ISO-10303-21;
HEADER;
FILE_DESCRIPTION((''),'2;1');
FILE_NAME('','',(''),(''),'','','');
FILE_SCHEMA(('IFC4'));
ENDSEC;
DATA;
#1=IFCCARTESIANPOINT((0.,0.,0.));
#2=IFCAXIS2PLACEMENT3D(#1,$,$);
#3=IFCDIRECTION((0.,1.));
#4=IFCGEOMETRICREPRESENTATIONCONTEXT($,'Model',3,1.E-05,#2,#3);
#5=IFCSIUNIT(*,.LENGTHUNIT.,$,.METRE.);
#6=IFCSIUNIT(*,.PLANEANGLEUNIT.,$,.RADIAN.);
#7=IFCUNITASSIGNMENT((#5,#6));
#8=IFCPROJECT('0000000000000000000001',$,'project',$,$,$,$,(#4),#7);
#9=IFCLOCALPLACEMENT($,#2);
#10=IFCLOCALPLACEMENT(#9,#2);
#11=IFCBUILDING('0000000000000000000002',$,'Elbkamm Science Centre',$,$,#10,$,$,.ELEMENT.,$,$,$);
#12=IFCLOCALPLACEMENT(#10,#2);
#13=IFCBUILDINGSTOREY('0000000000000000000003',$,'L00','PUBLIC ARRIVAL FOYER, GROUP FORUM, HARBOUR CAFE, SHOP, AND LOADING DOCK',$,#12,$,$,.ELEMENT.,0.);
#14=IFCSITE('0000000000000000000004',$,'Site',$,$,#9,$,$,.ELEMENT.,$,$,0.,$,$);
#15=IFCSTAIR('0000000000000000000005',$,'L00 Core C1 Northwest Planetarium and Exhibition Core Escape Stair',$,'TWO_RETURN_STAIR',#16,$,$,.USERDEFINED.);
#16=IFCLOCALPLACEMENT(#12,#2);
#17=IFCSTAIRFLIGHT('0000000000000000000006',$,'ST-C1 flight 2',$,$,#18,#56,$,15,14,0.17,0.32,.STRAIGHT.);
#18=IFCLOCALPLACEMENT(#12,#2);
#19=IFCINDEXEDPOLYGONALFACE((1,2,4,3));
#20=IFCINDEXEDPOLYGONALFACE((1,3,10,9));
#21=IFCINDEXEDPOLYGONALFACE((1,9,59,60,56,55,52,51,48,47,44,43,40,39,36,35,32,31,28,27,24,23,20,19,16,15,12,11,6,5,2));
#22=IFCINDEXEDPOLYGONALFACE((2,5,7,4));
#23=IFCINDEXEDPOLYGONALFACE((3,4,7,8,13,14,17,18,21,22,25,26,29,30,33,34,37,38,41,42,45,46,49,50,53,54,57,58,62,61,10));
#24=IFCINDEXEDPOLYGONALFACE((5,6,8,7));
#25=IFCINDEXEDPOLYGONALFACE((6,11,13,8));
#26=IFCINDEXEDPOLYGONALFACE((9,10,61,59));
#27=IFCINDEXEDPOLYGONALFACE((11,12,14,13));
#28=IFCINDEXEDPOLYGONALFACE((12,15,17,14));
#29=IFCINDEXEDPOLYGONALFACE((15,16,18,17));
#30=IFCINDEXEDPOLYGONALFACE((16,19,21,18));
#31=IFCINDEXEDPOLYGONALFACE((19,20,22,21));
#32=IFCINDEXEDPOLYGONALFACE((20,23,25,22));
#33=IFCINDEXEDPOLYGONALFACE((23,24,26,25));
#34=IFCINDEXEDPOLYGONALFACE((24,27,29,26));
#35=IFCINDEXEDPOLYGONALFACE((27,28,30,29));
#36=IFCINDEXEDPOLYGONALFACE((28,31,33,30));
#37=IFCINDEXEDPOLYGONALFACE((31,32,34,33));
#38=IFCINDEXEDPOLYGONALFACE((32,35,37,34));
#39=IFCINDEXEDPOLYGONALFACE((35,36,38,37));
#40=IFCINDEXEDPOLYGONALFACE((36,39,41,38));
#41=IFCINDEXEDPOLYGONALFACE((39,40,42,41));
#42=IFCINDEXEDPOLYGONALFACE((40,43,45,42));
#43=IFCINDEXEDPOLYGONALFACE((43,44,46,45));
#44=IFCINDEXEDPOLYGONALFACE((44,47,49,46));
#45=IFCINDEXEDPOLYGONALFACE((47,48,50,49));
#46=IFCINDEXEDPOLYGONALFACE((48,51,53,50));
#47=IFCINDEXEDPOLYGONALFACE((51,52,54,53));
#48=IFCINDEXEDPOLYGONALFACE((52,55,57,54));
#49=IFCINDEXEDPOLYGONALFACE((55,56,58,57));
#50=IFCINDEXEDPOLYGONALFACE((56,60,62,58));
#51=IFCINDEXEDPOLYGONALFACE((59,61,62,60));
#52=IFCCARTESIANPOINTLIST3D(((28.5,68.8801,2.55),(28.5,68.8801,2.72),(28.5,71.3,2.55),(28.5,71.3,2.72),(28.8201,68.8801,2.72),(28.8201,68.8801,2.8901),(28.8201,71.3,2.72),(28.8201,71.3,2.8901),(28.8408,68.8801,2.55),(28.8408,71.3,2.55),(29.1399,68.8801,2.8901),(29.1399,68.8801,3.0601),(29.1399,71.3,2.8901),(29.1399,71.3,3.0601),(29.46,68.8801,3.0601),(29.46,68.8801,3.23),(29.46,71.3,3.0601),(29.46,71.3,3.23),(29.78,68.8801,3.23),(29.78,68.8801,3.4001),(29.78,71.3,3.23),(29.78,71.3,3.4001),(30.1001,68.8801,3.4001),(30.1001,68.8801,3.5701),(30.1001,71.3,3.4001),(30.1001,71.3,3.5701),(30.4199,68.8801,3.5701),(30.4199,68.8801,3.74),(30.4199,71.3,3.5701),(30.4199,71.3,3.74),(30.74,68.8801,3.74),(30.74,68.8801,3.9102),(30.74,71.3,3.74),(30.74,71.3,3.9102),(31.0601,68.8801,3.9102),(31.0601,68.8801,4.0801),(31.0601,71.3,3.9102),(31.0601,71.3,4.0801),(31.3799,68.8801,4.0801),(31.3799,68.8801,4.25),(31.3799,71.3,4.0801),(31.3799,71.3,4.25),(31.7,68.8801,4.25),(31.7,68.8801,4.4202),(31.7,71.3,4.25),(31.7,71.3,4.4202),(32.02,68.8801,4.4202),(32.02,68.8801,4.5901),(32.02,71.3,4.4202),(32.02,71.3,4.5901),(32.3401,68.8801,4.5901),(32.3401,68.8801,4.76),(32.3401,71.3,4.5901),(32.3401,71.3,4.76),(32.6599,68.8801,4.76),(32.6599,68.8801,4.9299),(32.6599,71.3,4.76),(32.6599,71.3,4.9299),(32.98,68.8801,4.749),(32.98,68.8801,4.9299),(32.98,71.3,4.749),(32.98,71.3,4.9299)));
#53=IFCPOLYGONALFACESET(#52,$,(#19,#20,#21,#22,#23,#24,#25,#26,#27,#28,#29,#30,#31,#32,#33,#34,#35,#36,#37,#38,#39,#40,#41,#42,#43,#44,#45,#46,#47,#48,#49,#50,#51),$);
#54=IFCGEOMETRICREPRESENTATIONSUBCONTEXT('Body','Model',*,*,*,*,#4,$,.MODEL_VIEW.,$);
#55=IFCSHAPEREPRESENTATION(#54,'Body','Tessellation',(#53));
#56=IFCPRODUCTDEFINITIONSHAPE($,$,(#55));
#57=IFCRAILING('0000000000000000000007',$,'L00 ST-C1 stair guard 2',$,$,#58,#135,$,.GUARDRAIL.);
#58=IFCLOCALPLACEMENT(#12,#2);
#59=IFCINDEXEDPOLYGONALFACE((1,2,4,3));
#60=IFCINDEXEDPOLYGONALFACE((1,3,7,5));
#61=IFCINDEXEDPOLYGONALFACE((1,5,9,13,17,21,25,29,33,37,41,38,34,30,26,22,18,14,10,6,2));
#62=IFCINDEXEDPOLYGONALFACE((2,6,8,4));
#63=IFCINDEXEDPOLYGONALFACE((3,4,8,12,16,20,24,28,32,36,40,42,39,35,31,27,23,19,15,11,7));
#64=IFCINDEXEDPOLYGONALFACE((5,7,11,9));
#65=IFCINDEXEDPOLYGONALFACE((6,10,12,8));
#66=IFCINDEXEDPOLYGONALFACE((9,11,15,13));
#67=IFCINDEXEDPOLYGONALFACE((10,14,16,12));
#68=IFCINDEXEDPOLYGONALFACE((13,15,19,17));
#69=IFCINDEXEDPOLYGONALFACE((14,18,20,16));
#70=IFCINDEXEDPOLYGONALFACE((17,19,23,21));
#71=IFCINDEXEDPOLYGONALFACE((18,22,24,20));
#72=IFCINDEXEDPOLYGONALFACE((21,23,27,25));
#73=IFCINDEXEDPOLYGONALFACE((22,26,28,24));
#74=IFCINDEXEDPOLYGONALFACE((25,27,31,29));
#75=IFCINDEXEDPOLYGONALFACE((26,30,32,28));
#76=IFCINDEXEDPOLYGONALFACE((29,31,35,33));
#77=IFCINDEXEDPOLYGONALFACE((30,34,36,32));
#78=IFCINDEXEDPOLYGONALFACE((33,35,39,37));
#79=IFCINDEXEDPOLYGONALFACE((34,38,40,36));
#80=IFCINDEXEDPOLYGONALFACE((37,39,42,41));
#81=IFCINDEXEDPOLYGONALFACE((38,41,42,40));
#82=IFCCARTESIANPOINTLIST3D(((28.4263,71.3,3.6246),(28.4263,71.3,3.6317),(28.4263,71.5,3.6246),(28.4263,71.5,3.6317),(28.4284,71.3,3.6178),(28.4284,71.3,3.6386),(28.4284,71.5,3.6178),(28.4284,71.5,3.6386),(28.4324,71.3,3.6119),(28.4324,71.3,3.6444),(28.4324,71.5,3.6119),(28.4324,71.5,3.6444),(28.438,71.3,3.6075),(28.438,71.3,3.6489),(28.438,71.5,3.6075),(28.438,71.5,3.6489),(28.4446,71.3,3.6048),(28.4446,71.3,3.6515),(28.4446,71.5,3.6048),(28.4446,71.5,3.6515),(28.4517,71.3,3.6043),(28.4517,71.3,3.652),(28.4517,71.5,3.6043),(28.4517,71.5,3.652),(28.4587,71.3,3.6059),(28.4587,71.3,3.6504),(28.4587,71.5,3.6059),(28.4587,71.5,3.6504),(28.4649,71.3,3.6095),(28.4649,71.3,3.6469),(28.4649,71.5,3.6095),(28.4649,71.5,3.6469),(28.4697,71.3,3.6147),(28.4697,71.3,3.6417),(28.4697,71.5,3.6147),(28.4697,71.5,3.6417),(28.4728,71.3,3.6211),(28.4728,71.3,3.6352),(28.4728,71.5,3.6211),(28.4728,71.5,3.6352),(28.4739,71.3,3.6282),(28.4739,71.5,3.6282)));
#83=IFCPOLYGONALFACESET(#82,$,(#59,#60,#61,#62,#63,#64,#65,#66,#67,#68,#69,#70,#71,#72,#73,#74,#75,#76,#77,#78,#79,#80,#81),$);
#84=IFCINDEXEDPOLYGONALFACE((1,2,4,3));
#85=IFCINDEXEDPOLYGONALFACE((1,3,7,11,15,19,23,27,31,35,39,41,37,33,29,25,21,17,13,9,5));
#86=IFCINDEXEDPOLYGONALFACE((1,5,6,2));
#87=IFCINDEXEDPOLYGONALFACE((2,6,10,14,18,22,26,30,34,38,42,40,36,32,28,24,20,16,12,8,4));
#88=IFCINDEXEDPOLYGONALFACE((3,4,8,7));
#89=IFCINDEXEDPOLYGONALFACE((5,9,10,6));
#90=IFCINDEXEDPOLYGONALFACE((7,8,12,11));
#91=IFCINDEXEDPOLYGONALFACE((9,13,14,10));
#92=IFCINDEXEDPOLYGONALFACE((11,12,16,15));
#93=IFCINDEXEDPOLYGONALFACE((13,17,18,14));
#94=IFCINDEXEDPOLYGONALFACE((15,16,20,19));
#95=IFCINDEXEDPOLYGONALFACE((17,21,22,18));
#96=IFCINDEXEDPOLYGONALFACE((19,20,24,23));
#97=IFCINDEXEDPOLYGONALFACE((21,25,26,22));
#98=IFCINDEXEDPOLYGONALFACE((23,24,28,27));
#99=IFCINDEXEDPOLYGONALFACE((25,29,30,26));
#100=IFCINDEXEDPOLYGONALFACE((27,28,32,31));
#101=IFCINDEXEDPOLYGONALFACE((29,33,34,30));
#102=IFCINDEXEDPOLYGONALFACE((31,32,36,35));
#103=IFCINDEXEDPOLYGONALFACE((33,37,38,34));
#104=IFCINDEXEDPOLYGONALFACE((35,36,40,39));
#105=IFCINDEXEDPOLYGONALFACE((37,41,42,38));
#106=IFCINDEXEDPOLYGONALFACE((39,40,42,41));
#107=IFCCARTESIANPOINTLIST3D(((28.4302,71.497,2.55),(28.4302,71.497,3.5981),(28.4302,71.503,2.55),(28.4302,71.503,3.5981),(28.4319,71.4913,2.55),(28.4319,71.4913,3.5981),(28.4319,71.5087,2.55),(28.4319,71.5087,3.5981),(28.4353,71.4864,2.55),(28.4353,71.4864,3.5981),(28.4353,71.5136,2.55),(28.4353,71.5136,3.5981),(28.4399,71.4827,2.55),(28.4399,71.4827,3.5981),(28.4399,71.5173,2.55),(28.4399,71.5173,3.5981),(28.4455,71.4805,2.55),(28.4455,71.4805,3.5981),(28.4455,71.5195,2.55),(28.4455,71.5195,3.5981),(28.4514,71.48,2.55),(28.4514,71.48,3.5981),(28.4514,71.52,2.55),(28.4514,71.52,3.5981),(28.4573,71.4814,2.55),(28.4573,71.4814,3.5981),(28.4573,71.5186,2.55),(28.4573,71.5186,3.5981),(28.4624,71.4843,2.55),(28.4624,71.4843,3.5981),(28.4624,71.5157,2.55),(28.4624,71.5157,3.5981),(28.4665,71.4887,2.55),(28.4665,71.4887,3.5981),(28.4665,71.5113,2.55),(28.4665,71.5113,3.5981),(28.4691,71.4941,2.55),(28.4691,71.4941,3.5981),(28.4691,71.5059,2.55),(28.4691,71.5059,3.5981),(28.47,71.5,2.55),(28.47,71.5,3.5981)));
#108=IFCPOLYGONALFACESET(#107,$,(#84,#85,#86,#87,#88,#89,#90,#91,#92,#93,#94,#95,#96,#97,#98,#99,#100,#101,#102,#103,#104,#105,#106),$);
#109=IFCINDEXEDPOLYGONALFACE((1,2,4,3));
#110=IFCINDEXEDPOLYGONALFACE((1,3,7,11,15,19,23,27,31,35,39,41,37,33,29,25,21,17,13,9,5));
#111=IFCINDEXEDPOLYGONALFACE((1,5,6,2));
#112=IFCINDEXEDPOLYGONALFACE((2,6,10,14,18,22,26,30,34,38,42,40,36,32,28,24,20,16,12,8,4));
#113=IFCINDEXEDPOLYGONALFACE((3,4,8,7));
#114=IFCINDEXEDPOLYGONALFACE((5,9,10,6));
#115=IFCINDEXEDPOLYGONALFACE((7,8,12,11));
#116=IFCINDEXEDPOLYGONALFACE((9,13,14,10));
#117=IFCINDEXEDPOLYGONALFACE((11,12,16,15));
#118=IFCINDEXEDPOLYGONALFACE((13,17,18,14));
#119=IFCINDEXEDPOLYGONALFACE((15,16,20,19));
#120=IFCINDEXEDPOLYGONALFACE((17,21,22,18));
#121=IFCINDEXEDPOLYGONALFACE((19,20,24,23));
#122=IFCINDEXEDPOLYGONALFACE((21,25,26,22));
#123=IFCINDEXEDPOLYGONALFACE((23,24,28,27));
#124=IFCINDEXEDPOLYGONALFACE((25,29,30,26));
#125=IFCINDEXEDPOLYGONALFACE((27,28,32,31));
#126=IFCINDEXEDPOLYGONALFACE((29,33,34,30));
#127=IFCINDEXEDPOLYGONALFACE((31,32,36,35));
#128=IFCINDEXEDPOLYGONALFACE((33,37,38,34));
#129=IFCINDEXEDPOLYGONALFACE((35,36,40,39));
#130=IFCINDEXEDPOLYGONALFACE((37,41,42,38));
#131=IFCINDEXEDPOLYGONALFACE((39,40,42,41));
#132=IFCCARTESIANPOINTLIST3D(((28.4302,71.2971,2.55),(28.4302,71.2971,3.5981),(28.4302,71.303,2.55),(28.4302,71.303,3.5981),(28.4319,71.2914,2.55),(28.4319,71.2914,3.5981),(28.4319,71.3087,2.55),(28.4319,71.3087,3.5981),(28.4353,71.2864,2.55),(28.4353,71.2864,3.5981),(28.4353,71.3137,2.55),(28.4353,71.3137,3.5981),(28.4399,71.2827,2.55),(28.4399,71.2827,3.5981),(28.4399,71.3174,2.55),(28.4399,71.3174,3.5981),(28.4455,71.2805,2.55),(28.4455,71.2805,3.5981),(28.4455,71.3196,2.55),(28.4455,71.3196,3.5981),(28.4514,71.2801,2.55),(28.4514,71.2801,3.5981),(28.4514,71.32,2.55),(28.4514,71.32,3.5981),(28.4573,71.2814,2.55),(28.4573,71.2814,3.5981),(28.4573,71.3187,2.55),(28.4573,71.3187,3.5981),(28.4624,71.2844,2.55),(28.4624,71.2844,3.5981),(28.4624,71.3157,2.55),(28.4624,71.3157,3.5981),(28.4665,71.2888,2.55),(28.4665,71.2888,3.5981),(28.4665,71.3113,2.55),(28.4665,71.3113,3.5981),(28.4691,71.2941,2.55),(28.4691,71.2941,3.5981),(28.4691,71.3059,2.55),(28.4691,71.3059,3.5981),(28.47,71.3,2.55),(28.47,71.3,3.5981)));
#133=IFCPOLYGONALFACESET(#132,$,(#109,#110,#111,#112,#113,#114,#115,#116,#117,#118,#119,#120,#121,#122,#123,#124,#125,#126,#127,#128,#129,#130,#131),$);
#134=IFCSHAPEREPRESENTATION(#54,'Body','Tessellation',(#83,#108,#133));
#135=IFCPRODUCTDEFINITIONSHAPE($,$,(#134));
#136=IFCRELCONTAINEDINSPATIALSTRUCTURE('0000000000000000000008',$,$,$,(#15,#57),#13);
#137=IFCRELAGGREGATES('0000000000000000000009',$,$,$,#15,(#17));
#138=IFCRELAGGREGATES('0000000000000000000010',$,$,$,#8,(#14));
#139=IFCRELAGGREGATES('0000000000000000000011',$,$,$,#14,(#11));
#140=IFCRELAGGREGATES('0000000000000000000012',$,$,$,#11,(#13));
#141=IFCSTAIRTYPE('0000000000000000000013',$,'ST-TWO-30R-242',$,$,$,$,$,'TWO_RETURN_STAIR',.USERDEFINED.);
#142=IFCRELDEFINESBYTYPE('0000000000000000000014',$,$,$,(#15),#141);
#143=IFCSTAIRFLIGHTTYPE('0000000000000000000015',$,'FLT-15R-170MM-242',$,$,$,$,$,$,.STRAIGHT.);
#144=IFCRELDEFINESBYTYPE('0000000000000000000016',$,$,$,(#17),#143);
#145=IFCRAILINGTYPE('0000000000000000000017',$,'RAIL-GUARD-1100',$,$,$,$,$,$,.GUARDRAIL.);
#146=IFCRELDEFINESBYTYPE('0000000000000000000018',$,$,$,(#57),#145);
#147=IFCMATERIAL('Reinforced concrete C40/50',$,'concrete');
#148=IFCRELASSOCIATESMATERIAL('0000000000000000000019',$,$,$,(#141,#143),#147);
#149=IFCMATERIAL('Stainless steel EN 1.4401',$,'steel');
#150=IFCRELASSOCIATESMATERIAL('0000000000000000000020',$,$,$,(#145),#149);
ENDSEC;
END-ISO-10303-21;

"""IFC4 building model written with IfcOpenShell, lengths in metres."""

from ifc_helpers import new_model, si_unit, direction, frame, origin, origin_2d, place, context, subcontext, project, spatial, polyline, circle, outline, extrude, material, type_object, element, aggregate, save


model = new_model("IFC4")

# Units and contexts
model_context = context("Model", 3, precision=1e-05, world=origin(), true_north=direction((0.0, 1.0)))
body_context = subcontext(model_context, "Body", "Model", "MODEL_VIEW")
ifc_project = project(units=[si_unit("LENGTHUNIT", "METRE"), si_unit("PLANEANGLEUNIT", "RADIAN")], contexts=[model_context])

# Site, building, storey
site_placement = place(None, origin())
site = spatial("IfcSite", under=ifc_project, at=site_placement, Name="Site", CompositionType="ELEMENT", RefElevation=0.0)
building_placement = place(site_placement, origin())
building = spatial("IfcBuilding", under=site, at=building_placement, Name="Elbkamm Science Centre", CompositionType="ELEMENT")
storey_placement = place(building_placement, origin())
storey = spatial("IfcBuildingStorey", under=building, at=storey_placement, Name="L00", Description="PUBLIC ARRIVAL FOYER, GROUP FORUM, HARBOUR CAFE, SHOP, AND LOADING DOCK", CompositionType="ELEMENT", Elevation=0.0)

# Shared definitions
ifc_material_1 = material(Name="Reinforced concrete C40/50", Category="concrete")

# Stair, stair flight
stair_type_1 = type_object("IfcStairType", Name="ST-TWO-30R-242", ElementType="TWO_RETURN_STAIR", PredefinedType="USERDEFINED", material=ifc_material_1)
stair_1_placement = place(storey_placement, origin())
stair_1 = element("IfcStair", 1, at=stair_1_placement, inside=storey, type_object=stair_type_1, Name="L00 Core C1 Northwest Planetarium and Exhibition Core Escape Stair", ObjectType="TWO_RETURN_STAIR", PredefinedType="USERDEFINED")
stair_flight_type_1 = type_object("IfcStairFlightType", Name="FLT-15R-170MM-242", PredefinedType="STRAIGHT", material=ifc_material_1)
stair_flight_1_placement = place(storey_placement, frame((28.5, 70.0901, 2.55), z_axis=(0.0, 0.0, 1.0), x_axis=(1.0, 0.0, 0.0)))
stair_flight_1 = element("IfcStairFlight", 2, at=stair_flight_1_placement, type_object=stair_flight_type_1, Name="ST-C1 flight 2", NumberOfRisers=15, NumberOfTreads=14, PredefinedType="STRAIGHT", RiserHeight=0.17, TreadLength=0.32, context=body_context, shape_type="SweptSolid", body=[
    extrude(outline(polyline([(0.0, 0.0), (0.0, 0.1699), (0.3201, 0.1699), (0.3201, 0.3401), (0.6399, 0.3401), (0.6399, 0.51), (0.96, 0.51), (0.96, 0.6799), (1.28, 0.6799), (1.28, 0.8501), (1.6001, 0.8501), (1.6001, 1.02), (1.9199, 1.02), (1.9199, 1.1899), (2.24, 1.1899), (2.24, 1.3601), (2.5601, 1.3601), (2.5601, 1.53), (2.8799, 1.53), (2.8799, 1.7), (3.2, 1.7), (3.2, 1.8701), (3.52, 1.8701), (3.52, 2.04), (3.8401, 2.04), (3.8401, 2.21), (4.1599, 2.21), (4.1599, 2.3799), (4.48, 2.3799), (4.48, 2.55), (4.48, 2.199), (0.3408, 0.0), (0.0, 0.0)])), frame((0.0, 1.21, 0.0), z_axis=(0.0, -1.0, 0.0), x_axis=(1.0, 0.0, 0.0)), (0.0, 0.0, 1.0), 2.4199),
])
aggregate(stair_1, [stair_flight_1])

# Railing
ifc_material_2 = material(Name="Stainless steel EN 1.4401", Category="steel")
railing_type_1 = type_object("IfcRailingType", Name="RAIL-GUARD-1100", PredefinedType="GUARDRAIL", material=ifc_material_2)
railing_1_placement = place(storey_placement, frame((28.45, 71.5, 2.55)))
element("IfcRailing", 3, at=railing_1_placement, inside=storey, type_object=railing_type_1, Name="L00 ST-C1 stair guard 2", PredefinedType="GUARDRAIL", context=body_context, shape_type="SweptSolid", body=[
    extrude(circle(Radius=0.0239, at=origin_2d()), frame((0.0, 0.0, 1.0781), z_axis=(0.0, -1.0, 0.0), x_axis=(1.0, 0.0, 0.0)), (0.0, 0.0, 1.0), 0.2),
    extrude(circle(Radius=0.02, at=origin_2d()), origin(), (0.0, 0.0, 1.0), 1.0481),
    extrude(circle(Radius=0.02, at=origin_2d()), frame((0.0, -0.2, 0.0)), (0.0, 0.0, 1.0), 1.0481),
])

save(model, "model.ifc")
